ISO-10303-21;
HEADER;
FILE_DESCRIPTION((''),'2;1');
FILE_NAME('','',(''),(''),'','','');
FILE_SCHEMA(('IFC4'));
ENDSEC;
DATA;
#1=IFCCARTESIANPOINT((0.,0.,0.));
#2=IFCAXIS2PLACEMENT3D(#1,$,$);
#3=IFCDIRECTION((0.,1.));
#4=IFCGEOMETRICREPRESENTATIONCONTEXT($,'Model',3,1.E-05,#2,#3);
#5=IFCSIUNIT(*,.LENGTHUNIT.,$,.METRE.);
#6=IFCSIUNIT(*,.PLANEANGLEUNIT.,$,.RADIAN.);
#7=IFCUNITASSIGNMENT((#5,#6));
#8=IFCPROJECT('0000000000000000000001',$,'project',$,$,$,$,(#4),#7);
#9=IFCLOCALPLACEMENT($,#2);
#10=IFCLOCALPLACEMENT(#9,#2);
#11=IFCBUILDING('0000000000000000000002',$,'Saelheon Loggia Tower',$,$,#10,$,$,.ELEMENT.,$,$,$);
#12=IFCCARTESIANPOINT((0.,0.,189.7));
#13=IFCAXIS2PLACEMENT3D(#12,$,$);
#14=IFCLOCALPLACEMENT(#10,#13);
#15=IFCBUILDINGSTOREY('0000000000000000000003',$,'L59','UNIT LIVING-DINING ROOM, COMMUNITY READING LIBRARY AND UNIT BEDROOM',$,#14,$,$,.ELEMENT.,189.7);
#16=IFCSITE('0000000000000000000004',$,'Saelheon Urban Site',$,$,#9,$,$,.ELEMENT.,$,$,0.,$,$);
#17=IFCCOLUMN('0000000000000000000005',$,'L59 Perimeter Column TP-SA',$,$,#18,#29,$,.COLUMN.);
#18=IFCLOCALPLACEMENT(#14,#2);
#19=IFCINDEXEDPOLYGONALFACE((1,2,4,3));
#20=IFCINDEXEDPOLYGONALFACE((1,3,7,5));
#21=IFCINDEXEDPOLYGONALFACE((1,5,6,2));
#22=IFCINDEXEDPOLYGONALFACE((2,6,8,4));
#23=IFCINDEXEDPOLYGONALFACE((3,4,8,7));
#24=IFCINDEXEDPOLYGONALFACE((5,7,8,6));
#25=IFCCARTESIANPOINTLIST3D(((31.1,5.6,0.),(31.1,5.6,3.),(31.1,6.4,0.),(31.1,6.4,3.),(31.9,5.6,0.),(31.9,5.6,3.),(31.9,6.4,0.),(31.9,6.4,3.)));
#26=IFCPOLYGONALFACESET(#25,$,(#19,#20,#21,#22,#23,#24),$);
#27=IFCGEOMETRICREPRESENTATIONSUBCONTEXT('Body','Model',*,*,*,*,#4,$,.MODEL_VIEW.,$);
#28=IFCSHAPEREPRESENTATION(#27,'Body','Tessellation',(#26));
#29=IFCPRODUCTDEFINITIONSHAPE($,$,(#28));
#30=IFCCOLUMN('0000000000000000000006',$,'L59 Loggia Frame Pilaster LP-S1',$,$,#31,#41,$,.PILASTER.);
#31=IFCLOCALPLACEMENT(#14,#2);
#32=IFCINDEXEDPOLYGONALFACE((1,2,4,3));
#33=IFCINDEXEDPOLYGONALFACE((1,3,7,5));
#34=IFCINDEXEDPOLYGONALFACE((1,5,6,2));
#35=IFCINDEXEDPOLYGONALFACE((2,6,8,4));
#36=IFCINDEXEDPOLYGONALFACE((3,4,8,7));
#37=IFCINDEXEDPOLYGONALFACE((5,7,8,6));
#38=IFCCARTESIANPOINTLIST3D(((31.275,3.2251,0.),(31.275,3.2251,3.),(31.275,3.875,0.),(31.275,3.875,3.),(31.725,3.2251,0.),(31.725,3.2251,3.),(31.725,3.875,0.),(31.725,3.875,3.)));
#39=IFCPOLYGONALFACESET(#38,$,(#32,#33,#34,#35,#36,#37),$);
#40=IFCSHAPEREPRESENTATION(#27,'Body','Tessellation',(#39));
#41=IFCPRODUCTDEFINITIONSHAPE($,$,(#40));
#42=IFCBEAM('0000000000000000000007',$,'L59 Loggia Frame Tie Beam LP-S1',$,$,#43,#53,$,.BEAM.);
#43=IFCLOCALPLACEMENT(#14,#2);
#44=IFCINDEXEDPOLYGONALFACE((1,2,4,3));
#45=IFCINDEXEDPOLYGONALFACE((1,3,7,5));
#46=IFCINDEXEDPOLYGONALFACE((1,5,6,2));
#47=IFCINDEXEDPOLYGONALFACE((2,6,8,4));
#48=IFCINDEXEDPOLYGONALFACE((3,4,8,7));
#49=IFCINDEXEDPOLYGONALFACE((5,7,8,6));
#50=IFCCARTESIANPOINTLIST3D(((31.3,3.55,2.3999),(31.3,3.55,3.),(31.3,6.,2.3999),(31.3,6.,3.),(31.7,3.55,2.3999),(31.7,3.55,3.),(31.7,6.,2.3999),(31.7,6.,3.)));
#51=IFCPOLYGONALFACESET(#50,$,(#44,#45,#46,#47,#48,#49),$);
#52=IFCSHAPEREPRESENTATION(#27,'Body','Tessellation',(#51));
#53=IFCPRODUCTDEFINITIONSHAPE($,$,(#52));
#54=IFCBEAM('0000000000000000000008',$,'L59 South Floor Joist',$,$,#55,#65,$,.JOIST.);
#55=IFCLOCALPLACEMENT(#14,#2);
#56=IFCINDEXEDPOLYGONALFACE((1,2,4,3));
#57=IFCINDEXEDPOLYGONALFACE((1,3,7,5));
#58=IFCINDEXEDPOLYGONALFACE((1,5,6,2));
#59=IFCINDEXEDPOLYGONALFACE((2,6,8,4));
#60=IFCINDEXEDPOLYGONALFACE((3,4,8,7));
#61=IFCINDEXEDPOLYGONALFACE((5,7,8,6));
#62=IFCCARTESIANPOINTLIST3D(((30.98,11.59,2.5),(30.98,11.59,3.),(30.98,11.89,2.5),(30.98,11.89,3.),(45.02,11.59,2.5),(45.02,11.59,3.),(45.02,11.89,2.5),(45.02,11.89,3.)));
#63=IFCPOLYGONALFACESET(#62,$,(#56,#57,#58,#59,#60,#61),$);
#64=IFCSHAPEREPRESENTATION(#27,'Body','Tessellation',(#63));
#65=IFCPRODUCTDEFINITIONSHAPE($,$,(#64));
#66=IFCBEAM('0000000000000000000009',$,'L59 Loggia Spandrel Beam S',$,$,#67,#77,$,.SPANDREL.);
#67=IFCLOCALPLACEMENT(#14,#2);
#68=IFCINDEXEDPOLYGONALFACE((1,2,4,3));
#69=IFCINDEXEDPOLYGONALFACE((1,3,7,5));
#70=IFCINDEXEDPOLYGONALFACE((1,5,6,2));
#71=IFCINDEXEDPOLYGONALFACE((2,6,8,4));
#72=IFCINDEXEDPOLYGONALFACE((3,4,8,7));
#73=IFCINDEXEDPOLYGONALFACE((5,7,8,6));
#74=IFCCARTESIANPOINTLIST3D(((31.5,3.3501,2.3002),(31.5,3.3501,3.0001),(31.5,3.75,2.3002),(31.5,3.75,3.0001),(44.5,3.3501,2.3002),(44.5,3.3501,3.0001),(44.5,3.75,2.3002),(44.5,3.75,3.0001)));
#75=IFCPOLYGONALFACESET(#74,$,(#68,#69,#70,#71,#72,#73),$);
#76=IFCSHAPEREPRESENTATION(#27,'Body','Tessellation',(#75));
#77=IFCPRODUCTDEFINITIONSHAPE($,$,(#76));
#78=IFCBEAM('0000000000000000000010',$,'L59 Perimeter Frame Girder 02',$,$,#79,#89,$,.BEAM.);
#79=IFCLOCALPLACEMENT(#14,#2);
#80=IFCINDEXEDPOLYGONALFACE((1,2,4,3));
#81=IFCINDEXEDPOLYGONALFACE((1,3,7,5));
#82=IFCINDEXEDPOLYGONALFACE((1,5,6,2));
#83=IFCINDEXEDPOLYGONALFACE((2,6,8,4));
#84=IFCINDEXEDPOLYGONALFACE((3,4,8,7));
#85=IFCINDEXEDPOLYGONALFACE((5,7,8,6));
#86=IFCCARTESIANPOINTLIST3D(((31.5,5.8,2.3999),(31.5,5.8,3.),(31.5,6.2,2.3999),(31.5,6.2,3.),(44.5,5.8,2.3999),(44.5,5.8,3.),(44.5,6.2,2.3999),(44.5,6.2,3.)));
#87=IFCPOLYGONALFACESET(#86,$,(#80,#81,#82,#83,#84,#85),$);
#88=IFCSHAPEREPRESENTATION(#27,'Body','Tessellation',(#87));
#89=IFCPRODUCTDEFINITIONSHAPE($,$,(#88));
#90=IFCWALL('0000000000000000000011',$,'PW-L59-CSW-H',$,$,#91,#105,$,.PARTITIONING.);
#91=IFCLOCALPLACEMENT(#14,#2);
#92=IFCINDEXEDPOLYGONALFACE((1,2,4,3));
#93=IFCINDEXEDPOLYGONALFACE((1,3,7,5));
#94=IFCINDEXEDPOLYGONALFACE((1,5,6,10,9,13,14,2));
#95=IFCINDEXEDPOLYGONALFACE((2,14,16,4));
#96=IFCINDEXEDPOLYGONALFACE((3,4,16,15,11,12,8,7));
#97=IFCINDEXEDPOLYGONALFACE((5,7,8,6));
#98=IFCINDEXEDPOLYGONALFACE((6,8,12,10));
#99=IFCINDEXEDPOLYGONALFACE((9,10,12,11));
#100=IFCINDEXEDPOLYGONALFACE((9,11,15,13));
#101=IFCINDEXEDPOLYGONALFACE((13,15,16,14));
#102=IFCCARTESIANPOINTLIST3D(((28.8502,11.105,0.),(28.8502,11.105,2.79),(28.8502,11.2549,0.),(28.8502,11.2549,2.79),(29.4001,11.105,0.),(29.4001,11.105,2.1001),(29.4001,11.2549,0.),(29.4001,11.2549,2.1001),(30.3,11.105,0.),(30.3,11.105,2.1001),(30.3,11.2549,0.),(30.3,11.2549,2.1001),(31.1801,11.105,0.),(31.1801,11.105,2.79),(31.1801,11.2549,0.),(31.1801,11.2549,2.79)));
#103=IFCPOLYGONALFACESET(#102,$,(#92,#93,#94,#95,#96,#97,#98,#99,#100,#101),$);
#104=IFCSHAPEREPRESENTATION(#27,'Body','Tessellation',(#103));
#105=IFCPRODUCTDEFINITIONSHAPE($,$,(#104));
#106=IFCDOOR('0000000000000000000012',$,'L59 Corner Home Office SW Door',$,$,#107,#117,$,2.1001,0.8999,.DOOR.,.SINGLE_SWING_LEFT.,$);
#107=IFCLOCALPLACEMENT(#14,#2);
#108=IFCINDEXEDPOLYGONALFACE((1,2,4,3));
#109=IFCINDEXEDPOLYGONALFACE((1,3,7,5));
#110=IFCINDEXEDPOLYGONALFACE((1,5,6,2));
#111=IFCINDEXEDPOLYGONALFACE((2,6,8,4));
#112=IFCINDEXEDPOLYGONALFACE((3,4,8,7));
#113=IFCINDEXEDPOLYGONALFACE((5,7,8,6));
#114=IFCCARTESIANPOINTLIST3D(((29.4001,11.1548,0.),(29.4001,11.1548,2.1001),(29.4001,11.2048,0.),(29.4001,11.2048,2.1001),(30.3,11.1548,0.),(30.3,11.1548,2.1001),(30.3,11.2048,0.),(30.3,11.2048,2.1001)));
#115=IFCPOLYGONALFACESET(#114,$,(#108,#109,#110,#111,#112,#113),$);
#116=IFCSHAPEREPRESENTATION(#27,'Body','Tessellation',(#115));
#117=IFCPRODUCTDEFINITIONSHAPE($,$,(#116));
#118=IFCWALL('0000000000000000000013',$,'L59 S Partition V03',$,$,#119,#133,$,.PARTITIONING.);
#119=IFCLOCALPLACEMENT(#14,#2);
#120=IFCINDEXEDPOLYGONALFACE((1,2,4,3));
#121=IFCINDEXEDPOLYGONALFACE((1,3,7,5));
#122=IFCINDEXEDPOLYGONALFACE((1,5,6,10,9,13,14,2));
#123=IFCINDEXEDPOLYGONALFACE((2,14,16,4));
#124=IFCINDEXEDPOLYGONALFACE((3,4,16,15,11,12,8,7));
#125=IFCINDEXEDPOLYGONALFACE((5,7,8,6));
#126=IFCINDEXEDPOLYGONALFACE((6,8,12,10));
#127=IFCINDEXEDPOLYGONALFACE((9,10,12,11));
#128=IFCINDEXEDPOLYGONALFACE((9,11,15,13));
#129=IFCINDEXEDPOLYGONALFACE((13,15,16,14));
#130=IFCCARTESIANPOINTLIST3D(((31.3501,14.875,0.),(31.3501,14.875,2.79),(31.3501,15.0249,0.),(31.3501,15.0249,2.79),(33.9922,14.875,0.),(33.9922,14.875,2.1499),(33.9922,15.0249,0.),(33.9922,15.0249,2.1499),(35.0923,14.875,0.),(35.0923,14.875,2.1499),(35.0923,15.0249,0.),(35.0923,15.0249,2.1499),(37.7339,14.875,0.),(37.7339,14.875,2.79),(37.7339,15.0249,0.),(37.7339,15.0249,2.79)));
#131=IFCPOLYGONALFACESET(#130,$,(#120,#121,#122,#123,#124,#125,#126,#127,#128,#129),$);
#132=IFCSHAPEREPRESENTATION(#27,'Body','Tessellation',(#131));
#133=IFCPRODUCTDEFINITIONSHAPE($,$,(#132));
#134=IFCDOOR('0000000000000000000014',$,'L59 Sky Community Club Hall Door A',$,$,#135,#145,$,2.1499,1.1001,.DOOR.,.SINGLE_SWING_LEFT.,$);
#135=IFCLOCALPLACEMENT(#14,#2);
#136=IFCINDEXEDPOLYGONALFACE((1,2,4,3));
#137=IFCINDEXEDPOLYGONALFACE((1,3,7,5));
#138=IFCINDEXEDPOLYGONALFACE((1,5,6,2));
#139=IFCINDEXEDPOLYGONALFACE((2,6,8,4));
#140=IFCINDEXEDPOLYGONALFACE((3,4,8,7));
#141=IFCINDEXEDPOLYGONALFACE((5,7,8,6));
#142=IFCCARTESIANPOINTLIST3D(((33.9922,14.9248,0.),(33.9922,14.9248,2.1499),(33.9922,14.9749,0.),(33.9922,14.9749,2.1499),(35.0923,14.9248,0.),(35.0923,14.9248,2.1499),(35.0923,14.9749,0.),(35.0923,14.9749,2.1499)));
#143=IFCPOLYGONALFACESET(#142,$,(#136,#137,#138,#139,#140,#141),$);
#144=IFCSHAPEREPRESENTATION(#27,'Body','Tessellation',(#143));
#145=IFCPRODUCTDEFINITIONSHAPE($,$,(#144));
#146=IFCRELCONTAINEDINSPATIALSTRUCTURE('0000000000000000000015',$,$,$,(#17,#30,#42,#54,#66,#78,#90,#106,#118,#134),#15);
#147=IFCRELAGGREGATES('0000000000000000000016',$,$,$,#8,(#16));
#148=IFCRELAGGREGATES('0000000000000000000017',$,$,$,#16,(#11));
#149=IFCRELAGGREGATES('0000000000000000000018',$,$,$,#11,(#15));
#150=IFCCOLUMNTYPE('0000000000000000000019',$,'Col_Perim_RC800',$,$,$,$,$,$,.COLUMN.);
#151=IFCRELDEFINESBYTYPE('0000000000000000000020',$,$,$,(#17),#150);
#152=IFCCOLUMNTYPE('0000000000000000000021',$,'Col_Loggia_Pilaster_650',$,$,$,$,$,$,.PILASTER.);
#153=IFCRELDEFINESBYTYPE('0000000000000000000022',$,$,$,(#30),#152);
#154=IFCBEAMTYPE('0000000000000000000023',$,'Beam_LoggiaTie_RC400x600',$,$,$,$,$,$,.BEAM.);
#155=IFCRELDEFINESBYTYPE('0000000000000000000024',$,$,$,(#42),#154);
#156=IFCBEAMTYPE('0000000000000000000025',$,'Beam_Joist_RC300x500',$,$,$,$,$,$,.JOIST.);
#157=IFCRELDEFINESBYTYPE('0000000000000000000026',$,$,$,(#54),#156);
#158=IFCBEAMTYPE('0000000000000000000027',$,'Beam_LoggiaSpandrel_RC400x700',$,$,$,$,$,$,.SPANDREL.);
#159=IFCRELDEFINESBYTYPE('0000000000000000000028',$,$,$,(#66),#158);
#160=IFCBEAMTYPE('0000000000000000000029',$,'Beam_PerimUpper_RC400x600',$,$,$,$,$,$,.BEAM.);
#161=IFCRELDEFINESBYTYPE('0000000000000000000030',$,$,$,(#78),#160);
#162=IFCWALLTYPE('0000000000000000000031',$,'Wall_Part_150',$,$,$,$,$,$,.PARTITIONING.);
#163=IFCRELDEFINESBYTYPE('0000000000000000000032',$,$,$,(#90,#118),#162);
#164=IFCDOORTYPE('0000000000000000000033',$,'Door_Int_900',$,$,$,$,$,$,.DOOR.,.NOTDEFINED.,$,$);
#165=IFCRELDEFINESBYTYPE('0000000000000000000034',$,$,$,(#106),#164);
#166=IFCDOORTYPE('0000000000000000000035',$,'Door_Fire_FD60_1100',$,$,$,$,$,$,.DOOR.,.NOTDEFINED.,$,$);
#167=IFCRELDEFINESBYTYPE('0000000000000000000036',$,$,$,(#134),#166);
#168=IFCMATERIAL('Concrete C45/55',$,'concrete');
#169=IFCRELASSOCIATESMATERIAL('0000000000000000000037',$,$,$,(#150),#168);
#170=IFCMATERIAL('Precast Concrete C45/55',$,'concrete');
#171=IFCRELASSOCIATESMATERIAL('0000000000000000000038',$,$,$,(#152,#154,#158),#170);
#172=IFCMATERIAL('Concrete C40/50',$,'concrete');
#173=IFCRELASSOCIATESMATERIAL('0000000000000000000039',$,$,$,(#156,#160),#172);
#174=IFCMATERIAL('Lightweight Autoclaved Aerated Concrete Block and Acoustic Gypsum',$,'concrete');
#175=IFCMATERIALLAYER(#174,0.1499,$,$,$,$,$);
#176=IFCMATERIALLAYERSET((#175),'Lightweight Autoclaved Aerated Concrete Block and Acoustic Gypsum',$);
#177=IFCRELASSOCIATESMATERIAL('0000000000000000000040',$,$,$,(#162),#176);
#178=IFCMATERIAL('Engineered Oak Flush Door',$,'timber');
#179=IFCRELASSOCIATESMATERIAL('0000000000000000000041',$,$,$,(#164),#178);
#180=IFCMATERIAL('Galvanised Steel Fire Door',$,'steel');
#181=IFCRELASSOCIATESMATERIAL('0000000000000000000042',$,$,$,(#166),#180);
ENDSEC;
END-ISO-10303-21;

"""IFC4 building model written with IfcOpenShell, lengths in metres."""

from ifc_helpers import new_model, si_unit, direction, frame, frame_2d, origin, origin_2d, place, context, subcontext, project, spatial, rectangle, extrude, source, transform, mapped, material, layer, layer_set, material_profile, profile_set, type_object, element, fill, save


model = new_model("IFC4")

# Units and contexts
model_context = context("Model", 3, precision=1e-05, world=origin(), true_north=direction((0.0, 1.0)))
body_context = subcontext(model_context, "Body", "Model", "MODEL_VIEW")
ifc_project = project(units=[si_unit("LENGTHUNIT", "METRE"), si_unit("PLANEANGLEUNIT", "RADIAN")], contexts=[model_context])

# Site, building, storey
site_placement = place(None, origin())
site = spatial("IfcSite", under=ifc_project, at=site_placement, Name="Saelheon Urban Site", CompositionType="ELEMENT", RefElevation=0.0)
building_placement = place(site_placement, origin())
building = spatial("IfcBuilding", under=site, at=building_placement, Name="Saelheon Loggia Tower", CompositionType="ELEMENT")
storey_placement = place(building_placement, frame((0.0, 0.0, 189.7)))
storey = spatial("IfcBuildingStorey", under=building, at=storey_placement, Name="L59", Description="UNIT LIVING-DINING ROOM, COMMUNITY READING LIBRARY AND UNIT BEDROOM", CompositionType="ELEMENT", Elevation=189.7)

# Columns
ifc_material_1 = material(Name="Concrete C45/55", Category="concrete")
ifc_material_profile_1 = material_profile(ifc_material_1, rectangle(XDim=0.8, YDim=0.8, at=origin_2d()), Name="RC-800x800")
ifc_profile_set_1 = profile_set([ifc_material_profile_1], Name="Concrete C45/55")
column_type_1 = type_object("IfcColumnType", Name="Col_Perim_RC800", PredefinedType="COLUMN", material=ifc_profile_set_1)
shared_shape_1 = source(origin(), body_context, "Body", "SweptSolid", [
    extrude(rectangle(XDim=0.8, YDim=0.8, at=origin_2d()), origin(), (0.0, 0.0, 1.0), 3.0),
])
column_1_placement = place(storey_placement, frame((31.5, 6.0, 0.0), z_axis=(0.0, 0.0, 1.0), x_axis=(1.0, 0.0, 0.0)))
element("IfcColumn", 1, at=column_1_placement, inside=storey, type_object=column_type_1, Name="L59 Perimeter Column TP-SA", PredefinedType="COLUMN", context=body_context, shape_type="MappedRepresentation", body=[
    mapped(shared_shape_1, transform((0.0, 0.0, 0.0), scale=1.0)),
])
ifc_material_2 = material(Name="Precast Concrete C45/55", Category="concrete")
ifc_material_profile_2 = material_profile(ifc_material_2, rectangle(XDim=0.45, YDim=0.6499, at=origin_2d()), Name="RC-450x650")
ifc_profile_set_2 = profile_set([ifc_material_profile_2], Name="Precast Concrete C45/55")
column_type_2 = type_object("IfcColumnType", Name="Col_Loggia_Pilaster_650", PredefinedType="PILASTER", material=ifc_profile_set_2)
shared_shape_2 = source(origin(), body_context, "Body", "SweptSolid", [
    extrude(rectangle(XDim=0.45, YDim=0.6499, at=origin_2d()), origin(), (0.0, 0.0, 1.0), 3.0),
])
column_2_placement = place(storey_placement, frame((31.5, 3.55, 0.0), z_axis=(0.0, 0.0, 1.0), x_axis=(1.0, 0.0, 0.0)))
element("IfcColumn", 2, at=column_2_placement, inside=storey, type_object=column_type_2, Name="L59 Loggia Frame Pilaster LP-S1", PredefinedType="PILASTER", context=body_context, shape_type="MappedRepresentation", body=[
    mapped(shared_shape_2, transform((0.0, 0.0, 0.0), scale=1.0)),
])

# Beams
ifc_material_profile_3 = material_profile(ifc_material_2, rectangle(XDim=0.3999, YDim=0.6001, at=origin_2d()), Name="RC-400x600")
ifc_profile_set_3 = profile_set([ifc_material_profile_3], Name="Precast Concrete C45/55")
beam_type_1 = type_object("IfcBeamType", Name="Beam_LoggiaTie_RC400x600", PredefinedType="BEAM", material=ifc_profile_set_3)
shared_shape_3 = source(origin(), body_context, "Body", "SweptSolid", [
    extrude(rectangle(XDim=0.3999, YDim=0.6001, at=origin_2d()), origin(), (0.0, 0.0, 1.0), 2.45),
])
beam_1_placement = place(storey_placement, frame((31.5, 6.0, 2.7), z_axis=(0.0, -1.0, 0.0), x_axis=(1.0, 0.0, 0.0)))
element("IfcBeam", 3, at=beam_1_placement, inside=storey, type_object=beam_type_1, Name="L59 Loggia Frame Tie Beam LP-S1", PredefinedType="BEAM", context=body_context, shape_type="MappedRepresentation", body=[
    mapped(shared_shape_3, transform((0.0, 0.0, 0.0), scale=1.0)),
])
ifc_material_3 = material(Name="Concrete C40/50", Category="concrete")
ifc_material_profile_4 = material_profile(ifc_material_3, rectangle(XDim=0.3, YDim=0.5, at=origin_2d()), Name="RC-300x500")
ifc_profile_set_4 = profile_set([ifc_material_profile_4], Name="Concrete C40/50")
beam_type_2 = type_object("IfcBeamType", Name="Beam_Joist_RC300x500", PredefinedType="JOIST", material=ifc_profile_set_4)
shared_shape_4 = source(origin(), body_context, "Body", "SweptSolid", [
    extrude(rectangle(XDim=0.3, YDim=0.5, at=origin_2d()), origin(), (0.0, 0.0, 1.0), 14.04),
])
beam_2_placement = place(storey_placement, frame((30.98, 11.74, 2.75), z_axis=(1.0, 0.0, 0.0), x_axis=(0.0, 1.0, 0.0)))
element("IfcBeam", 4, at=beam_2_placement, inside=storey, type_object=beam_type_2, Name="L59 South Floor Joist", PredefinedType="JOIST", context=body_context, shape_type="MappedRepresentation", body=[
    mapped(shared_shape_4, transform((0.0, 0.0, 0.0), scale=1.0)),
])
ifc_material_profile_5 = material_profile(ifc_material_2, rectangle(XDim=0.3999, YDim=0.7, at=origin_2d()), Name="RC-400x700")
ifc_profile_set_5 = profile_set([ifc_material_profile_5], Name="Precast Concrete C45/55")
beam_type_3 = type_object("IfcBeamType", Name="Beam_LoggiaSpandrel_RC400x700", PredefinedType="SPANDREL", material=ifc_profile_set_5)
shared_shape_5 = source(origin(), body_context, "Body", "SweptSolid", [
    extrude(rectangle(XDim=0.3999, YDim=0.7, at=origin_2d()), origin(), (0.0, 0.0, 1.0), 13.0),
])
beam_3_placement = place(storey_placement, frame((31.5, 3.55, 2.6501), z_axis=(1.0, 0.0, 0.0), x_axis=(0.0, 1.0, 0.0)))
element("IfcBeam", 5, at=beam_3_placement, inside=storey, type_object=beam_type_3, Name="L59 Loggia Spandrel Beam S", PredefinedType="SPANDREL", context=body_context, shape_type="MappedRepresentation", body=[
    mapped(shared_shape_5, transform((0.0, 0.0, 0.0), scale=1.0)),
])
ifc_material_profile_6 = material_profile(ifc_material_3, rectangle(XDim=0.3999, YDim=0.6001, at=origin_2d()), Name="RC-400x600")
ifc_profile_set_6 = profile_set([ifc_material_profile_6], Name="Concrete C40/50")
beam_type_4 = type_object("IfcBeamType", Name="Beam_PerimUpper_RC400x600", PredefinedType="BEAM", material=ifc_profile_set_6)
shared_shape_6 = source(origin(), body_context, "Body", "SweptSolid", [
    extrude(rectangle(XDim=0.3999, YDim=0.6001, at=origin_2d()), origin(), (0.0, 0.0, 1.0), 13.0),
])
beam_4_placement = place(storey_placement, frame((31.5, 6.0, 2.7), z_axis=(1.0, 0.0, 0.0), x_axis=(0.0, 1.0, 0.0)))
element("IfcBeam", 6, at=beam_4_placement, inside=storey, type_object=beam_type_4, Name="L59 Perimeter Frame Girder 02", PredefinedType="BEAM", context=body_context, shape_type="MappedRepresentation", body=[
    mapped(shared_shape_6, transform((0.0, 0.0, 0.0), scale=1.0)),
])

# Walls, openings, doors
ifc_material_4 = material(Name="Lightweight Autoclaved Aerated Concrete Block and Acoustic Gypsum", Category="concrete")
ifc_layer_1 = layer(ifc_material_4, 0.1499)
ifc_layer_set_1 = layer_set([ifc_layer_1], Name="Lightweight Autoclaved Aerated Concrete Block and Acoustic Gypsum")
wall_type_1 = type_object("IfcWallType", Name="Wall_Part_150", PredefinedType="PARTITIONING", material=ifc_layer_set_1)
wall_1_placement = place(storey_placement, frame((28.8501, 11.1799, 0.0), z_axis=(0.0, 0.0, 1.0), x_axis=(1.0, 0.0, 0.0)))
wall_1 = element("IfcWall", 7, at=wall_1_placement, inside=storey, type_object=wall_type_1, Name="PW-L59-CSW-H", PredefinedType="PARTITIONING", context=body_context, shape_type="SweptSolid", body=[
    extrude(rectangle(XDim=2.3298, YDim=0.1499, at=frame_2d((1.165, 0.0))), origin(), (0.0, 0.0, 1.0), 2.79),
])
opening_1_placement = place(wall_1_placement, frame((0.55, 0.0, 0.0)))
opening_1 = element("IfcOpeningElement", 8, at=opening_1_placement, cuts=wall_1, PredefinedType="OPENING", context=body_context, shape_type="SweptSolid", body=[
    extrude(rectangle(XDim=0.8999, YDim=2.1001, at=frame_2d((0.45, 1.05))), frame((0.0, 0.0869, 0.0), z_axis=(0.0, -1.0, 0.0), x_axis=(1.0, 0.0, 0.0)), (0.0, 0.0, 1.0), 0.1738),
])
ifc_material_5 = material(Name="Engineered Oak Flush Door", Category="timber")
door_type_1 = type_object("IfcDoorType", Name="Door_Int_900", OperationType="NOTDEFINED", PredefinedType="DOOR", material=ifc_material_5)
shared_shape_7 = source(origin(), body_context, "Body", "SweptSolid", [
    extrude(rectangle(XDim=0.8999, YDim=2.1001, at=frame_2d((0.45, 1.05))), frame((0.0, 0.0249, 0.0), z_axis=(0.0, -1.0, 0.0), x_axis=(1.0, 0.0, 0.0)), (0.0, 0.0, 1.0), 0.05),
])
door_1_placement = place(opening_1_placement, origin())
door_1 = element("IfcDoor", 9, at=door_1_placement, inside=storey, type_object=door_type_1, Name="L59 Corner Home Office SW Door", OperationType="SINGLE_SWING_LEFT", OverallHeight=2.1001, OverallWidth=0.8999, PredefinedType="DOOR", context=body_context, shape_type="MappedRepresentation", body=[
    mapped(shared_shape_7, transform((0.0, 0.0, 0.0), scale=1.0)),
])
fill(opening_1, door_1)
wall_2_placement = place(storey_placement, frame((31.3501, 14.95, 0.0), z_axis=(0.0, 0.0, 1.0), x_axis=(1.0, 0.0, 0.0)))
wall_2 = element("IfcWall", 10, at=wall_2_placement, inside=storey, type_object=wall_type_1, Name="L59 S Partition V03", PredefinedType="PARTITIONING", context=body_context, shape_type="SweptSolid", body=[
    extrude(rectangle(XDim=6.3838, YDim=0.1499, at=frame_2d((3.1919, 0.0))), origin(), (0.0, 0.0, 1.0), 2.79),
])
opening_2_placement = place(wall_2_placement, frame((2.6421, 0.0, 0.0)))
opening_2 = element("IfcOpeningElement", 11, at=opening_2_placement, cuts=wall_2, PredefinedType="OPENING", context=body_context, shape_type="SweptSolid", body=[
    extrude(rectangle(XDim=1.1001, YDim=2.1499, at=frame_2d((0.55, 1.075))), frame((0.0, 0.0869, 0.0), z_axis=(0.0, -1.0, 0.0), x_axis=(1.0, 0.0, 0.0)), (0.0, 0.0, 1.0), 0.1738),
])
ifc_material_6 = material(Name="Galvanised Steel Fire Door", Category="steel")
door_type_2 = type_object("IfcDoorType", Name="Door_Fire_FD60_1100", OperationType="NOTDEFINED", PredefinedType="DOOR", material=ifc_material_6)
shared_shape_8 = source(origin(), body_context, "Body", "SweptSolid", [
    extrude(rectangle(XDim=1.1001, YDim=2.1499, at=frame_2d((0.55, 1.075))), frame((0.0, 0.0249, 0.0), z_axis=(0.0, -1.0, 0.0), x_axis=(1.0, 0.0, 0.0)), (0.0, 0.0, 1.0), 0.05),
])
door_2_placement = place(opening_2_placement, origin())
door_2 = element("IfcDoor", 12, at=door_2_placement, inside=storey, type_object=door_type_2, Name="L59 Sky Community Club Hall Door A", OperationType="SINGLE_SWING_LEFT", OverallHeight=2.1499, OverallWidth=1.1001, PredefinedType="DOOR", context=body_context, shape_type="MappedRepresentation", body=[
    mapped(shared_shape_8, transform((0.0, 0.0, 0.0), scale=1.0)),
])
fill(opening_2, door_2)

save(model, "model.ifc")
